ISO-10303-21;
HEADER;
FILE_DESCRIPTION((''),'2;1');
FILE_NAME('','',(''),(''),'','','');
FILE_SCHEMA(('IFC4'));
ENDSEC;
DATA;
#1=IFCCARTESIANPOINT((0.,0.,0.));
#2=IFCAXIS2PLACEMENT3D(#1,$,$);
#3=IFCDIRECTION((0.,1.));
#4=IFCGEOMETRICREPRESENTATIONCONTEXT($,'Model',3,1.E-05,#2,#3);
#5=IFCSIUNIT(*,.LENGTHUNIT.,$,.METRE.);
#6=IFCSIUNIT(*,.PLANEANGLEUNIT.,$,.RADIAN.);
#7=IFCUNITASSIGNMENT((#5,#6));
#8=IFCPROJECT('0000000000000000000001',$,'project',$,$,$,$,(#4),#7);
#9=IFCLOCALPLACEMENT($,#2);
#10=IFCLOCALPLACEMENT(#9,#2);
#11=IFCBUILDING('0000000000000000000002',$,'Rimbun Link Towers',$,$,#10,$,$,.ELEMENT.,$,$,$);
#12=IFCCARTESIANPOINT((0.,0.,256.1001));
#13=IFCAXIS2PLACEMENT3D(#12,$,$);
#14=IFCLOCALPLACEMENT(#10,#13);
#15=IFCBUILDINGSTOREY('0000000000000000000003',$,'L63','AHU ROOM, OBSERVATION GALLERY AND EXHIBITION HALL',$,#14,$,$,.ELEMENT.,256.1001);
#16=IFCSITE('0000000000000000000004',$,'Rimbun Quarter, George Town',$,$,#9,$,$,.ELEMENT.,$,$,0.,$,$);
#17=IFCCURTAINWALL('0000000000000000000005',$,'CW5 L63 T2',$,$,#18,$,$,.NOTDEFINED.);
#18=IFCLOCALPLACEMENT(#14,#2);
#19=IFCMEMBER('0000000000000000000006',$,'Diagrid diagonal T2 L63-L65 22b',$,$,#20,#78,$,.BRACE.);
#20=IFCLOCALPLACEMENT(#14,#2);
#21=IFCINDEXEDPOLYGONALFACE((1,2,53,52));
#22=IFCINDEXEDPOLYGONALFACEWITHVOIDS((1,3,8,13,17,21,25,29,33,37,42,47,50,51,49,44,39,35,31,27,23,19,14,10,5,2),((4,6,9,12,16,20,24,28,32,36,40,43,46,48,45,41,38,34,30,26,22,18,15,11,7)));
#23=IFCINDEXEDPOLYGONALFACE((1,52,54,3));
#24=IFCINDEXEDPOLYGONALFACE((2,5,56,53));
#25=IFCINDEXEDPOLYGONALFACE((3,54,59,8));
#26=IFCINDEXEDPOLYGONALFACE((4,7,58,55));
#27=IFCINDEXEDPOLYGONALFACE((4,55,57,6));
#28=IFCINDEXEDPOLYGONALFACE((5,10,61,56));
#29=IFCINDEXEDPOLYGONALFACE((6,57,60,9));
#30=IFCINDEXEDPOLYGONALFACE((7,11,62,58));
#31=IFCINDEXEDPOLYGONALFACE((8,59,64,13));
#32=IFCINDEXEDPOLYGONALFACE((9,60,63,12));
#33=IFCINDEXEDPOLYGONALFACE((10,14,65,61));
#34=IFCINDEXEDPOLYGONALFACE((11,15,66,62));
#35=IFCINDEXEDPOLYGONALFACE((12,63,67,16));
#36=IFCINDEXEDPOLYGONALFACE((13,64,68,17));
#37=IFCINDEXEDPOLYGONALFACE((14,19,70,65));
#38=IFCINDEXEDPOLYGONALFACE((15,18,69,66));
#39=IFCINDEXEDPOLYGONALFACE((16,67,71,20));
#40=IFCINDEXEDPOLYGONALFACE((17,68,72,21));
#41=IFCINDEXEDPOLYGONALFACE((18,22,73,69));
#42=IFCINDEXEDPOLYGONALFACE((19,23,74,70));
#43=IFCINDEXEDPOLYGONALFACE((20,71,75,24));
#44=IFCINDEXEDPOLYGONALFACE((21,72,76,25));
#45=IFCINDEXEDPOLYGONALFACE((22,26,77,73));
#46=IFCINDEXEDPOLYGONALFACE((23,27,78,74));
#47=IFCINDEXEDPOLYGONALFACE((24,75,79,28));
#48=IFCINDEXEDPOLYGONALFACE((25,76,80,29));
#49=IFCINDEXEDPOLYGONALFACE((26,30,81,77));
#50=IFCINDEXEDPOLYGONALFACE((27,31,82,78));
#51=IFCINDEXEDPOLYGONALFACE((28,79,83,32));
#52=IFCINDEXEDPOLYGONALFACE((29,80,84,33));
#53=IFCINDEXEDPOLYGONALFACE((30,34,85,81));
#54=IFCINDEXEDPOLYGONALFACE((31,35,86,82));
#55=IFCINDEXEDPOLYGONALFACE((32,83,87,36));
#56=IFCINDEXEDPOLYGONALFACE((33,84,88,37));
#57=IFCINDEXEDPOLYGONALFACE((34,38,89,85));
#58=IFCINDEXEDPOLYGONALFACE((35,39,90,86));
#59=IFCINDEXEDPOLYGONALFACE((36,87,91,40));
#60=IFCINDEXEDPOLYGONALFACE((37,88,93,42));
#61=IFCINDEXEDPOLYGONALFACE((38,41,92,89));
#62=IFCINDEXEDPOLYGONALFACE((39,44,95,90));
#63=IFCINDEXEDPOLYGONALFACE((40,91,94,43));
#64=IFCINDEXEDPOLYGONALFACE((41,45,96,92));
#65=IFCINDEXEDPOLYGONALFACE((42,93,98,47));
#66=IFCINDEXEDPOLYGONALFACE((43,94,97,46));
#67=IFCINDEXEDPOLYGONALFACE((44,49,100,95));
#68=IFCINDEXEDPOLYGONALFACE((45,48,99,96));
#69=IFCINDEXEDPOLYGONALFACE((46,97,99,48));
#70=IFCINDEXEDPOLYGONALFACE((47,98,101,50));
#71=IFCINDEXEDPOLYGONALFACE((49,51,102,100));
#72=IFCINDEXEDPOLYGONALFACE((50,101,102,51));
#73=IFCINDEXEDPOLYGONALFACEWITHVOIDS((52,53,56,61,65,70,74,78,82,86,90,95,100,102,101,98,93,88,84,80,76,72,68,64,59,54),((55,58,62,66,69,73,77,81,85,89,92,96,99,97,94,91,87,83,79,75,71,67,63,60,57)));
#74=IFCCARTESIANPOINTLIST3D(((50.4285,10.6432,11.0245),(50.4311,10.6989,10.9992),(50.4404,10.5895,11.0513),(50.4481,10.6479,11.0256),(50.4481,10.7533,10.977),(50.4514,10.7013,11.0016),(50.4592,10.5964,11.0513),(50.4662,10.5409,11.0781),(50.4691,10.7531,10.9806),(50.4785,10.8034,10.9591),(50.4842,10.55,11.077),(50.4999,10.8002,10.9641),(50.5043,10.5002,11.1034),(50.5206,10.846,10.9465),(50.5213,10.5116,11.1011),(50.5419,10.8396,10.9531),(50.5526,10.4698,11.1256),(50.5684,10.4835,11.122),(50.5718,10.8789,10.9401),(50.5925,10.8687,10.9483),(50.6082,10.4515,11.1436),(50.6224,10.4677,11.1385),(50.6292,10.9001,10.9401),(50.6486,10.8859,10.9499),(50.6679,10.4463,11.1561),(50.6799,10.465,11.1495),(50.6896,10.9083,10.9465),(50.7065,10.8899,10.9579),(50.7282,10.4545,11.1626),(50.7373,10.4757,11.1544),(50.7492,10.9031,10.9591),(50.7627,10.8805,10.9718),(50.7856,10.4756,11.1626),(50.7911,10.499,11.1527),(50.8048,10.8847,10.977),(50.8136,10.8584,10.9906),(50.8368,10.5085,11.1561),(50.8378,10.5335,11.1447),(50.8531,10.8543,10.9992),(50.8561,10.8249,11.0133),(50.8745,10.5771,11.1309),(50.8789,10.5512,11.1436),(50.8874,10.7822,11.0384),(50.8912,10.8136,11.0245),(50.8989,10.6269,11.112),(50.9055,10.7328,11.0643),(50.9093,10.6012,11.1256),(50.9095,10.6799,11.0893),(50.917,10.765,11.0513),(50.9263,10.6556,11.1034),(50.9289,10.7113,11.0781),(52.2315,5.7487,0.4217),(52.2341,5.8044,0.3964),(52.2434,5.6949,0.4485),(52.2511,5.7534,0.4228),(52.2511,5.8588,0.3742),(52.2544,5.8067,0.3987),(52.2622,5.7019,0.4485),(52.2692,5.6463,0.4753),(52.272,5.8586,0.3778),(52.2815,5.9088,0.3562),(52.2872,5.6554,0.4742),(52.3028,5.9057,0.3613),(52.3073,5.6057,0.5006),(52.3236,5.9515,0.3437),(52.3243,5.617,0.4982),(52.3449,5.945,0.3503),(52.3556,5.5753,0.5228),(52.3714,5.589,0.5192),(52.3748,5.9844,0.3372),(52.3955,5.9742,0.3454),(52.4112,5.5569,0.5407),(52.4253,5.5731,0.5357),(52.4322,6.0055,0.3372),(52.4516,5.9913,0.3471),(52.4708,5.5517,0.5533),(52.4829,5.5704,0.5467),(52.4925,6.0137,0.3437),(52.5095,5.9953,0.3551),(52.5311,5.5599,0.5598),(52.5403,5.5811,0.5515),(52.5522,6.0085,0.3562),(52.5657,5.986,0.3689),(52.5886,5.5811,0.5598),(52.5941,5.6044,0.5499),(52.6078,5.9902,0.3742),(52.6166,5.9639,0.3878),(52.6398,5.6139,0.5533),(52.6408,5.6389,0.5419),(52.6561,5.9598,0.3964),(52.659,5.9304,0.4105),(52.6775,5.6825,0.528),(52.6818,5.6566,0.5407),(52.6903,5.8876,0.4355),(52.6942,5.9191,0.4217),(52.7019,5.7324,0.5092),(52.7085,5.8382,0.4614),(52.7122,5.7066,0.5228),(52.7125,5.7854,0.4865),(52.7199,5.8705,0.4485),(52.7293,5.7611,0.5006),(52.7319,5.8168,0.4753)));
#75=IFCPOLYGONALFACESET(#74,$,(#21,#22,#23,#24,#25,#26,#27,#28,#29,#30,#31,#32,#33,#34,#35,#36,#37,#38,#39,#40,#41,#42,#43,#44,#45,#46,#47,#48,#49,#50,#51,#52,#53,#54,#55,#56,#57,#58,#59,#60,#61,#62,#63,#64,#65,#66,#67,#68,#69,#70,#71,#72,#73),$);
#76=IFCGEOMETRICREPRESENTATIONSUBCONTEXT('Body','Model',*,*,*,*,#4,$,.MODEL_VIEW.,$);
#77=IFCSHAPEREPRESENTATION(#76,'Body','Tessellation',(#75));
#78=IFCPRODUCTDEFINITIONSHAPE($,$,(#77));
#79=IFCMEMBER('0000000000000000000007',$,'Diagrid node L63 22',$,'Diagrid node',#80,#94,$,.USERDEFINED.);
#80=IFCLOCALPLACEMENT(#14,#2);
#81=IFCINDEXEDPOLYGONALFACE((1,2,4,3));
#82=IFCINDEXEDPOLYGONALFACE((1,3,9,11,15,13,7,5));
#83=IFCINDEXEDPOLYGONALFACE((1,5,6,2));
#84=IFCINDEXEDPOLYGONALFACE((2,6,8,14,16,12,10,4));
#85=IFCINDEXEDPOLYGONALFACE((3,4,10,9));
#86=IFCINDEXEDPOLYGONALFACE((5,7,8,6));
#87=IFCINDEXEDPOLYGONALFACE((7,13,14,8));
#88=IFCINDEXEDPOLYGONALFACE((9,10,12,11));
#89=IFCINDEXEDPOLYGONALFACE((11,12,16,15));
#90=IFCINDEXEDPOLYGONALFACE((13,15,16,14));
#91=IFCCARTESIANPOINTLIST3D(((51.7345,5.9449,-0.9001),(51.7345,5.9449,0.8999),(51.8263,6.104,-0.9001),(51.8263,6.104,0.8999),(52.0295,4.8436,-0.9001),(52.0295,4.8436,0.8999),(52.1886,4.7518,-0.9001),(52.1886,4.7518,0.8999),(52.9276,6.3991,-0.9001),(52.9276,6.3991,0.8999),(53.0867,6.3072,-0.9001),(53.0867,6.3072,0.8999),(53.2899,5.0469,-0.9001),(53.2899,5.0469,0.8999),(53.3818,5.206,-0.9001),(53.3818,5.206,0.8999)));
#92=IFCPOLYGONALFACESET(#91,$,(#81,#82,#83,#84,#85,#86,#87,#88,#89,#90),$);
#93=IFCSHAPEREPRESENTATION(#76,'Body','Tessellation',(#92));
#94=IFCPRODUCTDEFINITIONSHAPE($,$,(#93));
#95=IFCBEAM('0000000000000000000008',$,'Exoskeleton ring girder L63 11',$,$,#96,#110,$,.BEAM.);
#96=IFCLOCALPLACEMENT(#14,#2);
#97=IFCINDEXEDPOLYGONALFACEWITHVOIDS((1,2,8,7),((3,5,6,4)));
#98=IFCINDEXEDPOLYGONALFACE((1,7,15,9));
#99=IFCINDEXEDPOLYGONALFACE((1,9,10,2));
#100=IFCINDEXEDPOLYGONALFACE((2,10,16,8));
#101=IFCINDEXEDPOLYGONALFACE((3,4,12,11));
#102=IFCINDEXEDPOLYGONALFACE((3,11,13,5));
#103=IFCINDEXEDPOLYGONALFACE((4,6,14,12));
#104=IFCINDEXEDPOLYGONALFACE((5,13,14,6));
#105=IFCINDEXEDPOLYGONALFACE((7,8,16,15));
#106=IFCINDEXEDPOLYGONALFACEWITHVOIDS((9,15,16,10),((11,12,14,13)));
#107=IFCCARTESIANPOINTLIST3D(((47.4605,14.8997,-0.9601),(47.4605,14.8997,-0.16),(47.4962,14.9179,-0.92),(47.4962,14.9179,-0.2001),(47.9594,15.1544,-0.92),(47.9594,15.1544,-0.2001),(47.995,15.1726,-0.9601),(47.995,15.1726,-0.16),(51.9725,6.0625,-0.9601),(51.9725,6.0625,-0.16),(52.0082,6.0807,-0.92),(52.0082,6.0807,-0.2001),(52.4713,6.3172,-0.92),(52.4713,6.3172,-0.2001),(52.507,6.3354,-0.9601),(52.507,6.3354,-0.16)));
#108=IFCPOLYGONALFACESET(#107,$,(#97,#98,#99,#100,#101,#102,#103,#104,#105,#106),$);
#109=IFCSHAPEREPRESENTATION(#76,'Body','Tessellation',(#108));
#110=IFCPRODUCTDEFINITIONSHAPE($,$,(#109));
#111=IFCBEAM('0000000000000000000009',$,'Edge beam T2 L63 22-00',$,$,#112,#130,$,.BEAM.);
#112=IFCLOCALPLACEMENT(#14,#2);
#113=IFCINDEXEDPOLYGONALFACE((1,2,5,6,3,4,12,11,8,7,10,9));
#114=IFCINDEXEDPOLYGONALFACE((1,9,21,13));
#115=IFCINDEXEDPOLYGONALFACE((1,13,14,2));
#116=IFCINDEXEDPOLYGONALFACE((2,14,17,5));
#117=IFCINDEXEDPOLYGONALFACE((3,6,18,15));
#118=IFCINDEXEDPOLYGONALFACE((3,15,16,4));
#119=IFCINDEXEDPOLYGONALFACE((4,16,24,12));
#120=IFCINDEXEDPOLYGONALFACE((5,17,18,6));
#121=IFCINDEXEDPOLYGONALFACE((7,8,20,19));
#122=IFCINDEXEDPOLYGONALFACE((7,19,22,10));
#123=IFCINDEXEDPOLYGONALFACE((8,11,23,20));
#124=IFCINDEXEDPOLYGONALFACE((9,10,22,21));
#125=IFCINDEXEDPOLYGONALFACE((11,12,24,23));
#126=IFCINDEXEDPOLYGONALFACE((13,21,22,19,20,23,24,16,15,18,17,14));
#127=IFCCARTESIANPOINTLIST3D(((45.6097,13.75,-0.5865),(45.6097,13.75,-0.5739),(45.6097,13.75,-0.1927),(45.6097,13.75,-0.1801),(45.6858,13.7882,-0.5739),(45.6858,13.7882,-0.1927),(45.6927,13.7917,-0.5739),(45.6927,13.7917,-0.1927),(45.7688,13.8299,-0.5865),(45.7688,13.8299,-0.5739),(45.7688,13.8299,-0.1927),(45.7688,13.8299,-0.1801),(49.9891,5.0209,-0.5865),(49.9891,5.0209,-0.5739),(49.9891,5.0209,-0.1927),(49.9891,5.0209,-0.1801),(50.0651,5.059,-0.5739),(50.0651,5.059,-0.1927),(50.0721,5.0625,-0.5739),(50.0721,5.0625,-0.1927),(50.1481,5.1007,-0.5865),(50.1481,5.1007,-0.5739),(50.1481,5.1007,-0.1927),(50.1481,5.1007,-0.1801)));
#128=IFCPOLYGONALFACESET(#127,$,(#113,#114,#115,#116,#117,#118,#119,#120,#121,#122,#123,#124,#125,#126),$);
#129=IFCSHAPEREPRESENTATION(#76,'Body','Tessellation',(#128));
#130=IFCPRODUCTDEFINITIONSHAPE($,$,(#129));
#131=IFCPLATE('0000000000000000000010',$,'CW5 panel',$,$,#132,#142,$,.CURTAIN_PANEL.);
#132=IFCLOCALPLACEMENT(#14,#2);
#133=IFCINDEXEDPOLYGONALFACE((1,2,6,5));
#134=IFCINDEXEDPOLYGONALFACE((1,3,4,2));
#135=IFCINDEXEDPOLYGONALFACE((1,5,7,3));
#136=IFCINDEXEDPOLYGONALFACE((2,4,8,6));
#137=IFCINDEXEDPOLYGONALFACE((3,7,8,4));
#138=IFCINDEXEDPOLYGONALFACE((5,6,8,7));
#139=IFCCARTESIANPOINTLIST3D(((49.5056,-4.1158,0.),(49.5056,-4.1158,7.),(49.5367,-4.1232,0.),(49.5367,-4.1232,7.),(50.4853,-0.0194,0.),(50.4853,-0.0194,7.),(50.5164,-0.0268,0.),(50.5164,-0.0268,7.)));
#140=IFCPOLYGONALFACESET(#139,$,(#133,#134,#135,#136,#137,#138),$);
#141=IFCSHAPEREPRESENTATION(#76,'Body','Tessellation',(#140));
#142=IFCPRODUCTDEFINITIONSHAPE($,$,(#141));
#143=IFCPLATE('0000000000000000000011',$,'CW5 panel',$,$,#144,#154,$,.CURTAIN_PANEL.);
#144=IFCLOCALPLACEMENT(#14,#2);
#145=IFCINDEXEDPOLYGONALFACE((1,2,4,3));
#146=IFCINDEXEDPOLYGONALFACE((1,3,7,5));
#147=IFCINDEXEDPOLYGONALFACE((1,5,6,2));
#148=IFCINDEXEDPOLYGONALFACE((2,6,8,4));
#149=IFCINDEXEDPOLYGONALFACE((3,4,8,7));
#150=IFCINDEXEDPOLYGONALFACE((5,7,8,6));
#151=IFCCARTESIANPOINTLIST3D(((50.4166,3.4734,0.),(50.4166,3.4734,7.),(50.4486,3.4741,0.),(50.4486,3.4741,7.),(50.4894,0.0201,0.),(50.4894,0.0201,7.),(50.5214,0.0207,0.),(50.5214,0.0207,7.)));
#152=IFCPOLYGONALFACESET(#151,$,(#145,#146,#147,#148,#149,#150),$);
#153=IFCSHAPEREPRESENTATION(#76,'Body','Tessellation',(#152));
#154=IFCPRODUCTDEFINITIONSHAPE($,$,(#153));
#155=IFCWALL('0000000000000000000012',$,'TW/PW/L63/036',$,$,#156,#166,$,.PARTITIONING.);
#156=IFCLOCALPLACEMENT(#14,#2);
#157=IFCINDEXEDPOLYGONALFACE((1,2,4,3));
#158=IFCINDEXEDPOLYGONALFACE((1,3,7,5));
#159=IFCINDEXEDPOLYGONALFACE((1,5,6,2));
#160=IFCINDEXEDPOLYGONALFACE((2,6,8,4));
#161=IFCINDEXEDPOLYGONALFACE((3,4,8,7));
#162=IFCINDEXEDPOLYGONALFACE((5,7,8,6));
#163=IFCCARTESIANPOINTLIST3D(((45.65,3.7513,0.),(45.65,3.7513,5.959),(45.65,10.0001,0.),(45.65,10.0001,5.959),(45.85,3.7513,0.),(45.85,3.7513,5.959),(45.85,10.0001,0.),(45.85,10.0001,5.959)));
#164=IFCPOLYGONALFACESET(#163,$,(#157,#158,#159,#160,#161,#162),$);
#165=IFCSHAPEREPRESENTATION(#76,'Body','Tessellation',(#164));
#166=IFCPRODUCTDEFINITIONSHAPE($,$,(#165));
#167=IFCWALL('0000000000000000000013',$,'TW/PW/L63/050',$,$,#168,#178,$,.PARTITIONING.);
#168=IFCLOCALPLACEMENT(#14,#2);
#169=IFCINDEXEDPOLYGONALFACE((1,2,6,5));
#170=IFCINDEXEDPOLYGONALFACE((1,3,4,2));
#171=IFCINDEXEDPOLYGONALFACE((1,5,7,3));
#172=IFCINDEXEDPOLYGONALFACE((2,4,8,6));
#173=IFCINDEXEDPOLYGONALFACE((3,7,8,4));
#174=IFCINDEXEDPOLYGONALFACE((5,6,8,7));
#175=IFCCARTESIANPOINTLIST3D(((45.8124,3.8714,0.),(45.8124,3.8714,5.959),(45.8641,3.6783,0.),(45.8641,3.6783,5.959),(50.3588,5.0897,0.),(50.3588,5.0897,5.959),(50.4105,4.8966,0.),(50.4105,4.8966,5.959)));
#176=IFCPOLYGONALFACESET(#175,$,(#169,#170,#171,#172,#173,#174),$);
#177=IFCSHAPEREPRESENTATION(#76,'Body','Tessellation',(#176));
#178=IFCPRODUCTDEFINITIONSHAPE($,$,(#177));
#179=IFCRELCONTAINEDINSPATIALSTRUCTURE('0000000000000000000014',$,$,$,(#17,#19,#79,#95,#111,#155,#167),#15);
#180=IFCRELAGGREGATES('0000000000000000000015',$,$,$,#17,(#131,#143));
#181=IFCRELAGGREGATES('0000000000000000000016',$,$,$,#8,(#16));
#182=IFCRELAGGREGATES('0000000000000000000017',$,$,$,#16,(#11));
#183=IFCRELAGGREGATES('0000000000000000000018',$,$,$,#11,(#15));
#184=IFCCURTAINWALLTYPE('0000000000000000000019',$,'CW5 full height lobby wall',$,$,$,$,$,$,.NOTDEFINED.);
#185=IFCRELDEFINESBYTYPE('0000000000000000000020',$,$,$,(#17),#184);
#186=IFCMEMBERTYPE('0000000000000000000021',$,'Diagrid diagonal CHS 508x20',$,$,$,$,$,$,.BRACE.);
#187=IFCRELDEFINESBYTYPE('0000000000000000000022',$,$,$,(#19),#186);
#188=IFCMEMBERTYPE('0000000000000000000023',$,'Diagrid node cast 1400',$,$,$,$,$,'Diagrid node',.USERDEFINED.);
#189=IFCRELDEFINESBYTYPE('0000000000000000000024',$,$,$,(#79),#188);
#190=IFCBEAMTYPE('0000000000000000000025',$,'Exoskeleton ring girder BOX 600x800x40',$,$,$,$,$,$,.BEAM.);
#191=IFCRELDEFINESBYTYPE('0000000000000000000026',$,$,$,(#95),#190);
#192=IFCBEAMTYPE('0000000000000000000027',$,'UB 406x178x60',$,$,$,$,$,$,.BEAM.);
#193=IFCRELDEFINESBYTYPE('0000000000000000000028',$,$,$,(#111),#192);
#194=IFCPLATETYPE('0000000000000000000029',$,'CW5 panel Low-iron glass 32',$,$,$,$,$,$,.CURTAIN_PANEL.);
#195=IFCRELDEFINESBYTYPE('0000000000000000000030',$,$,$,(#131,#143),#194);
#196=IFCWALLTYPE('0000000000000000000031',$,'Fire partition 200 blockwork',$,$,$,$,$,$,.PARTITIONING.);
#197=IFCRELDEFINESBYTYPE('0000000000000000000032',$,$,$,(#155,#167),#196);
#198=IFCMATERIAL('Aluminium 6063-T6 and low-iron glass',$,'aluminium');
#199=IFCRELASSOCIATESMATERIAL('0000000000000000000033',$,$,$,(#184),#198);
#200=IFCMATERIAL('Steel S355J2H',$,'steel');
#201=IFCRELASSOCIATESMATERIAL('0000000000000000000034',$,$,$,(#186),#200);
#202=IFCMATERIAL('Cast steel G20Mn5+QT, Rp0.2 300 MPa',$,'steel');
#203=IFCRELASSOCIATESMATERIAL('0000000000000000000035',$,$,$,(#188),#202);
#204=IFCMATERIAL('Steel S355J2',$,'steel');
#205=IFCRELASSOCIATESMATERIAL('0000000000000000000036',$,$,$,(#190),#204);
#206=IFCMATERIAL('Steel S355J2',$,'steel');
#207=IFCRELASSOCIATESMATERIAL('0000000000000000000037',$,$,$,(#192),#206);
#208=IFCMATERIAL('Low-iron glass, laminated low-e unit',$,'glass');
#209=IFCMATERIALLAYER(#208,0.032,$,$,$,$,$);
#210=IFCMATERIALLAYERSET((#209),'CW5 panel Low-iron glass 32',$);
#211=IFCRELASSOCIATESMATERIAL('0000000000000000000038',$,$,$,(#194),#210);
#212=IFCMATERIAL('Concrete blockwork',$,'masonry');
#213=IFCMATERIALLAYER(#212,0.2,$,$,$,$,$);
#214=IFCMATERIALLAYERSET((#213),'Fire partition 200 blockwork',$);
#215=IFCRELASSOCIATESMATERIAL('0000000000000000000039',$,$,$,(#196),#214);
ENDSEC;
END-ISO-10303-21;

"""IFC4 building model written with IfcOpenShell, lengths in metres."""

from ifc_helpers import new_model, si_unit, direction, frame, frame_2d, origin, origin_2d, place, context, subcontext, project, spatial, polyline, rectangle, hollow_rectangle, hollow_circle, i_section, outline, extrude, material, layer, layer_set, material_profile, profile_set, type_object, element, aggregate, save


model = new_model("IFC4")

# Units and contexts
model_context = context("Model", 3, precision=1e-05, world=origin(), true_north=direction((0.0, 1.0)))
body_context = subcontext(model_context, "Body", "Model", "MODEL_VIEW")
ifc_project = project(units=[si_unit("LENGTHUNIT", "METRE"), si_unit("PLANEANGLEUNIT", "RADIAN")], contexts=[model_context])

# Site, building, storey
site_placement = place(None, origin())
site = spatial("IfcSite", under=ifc_project, at=site_placement, Name="Rimbun Quarter, George Town", CompositionType="ELEMENT", RefElevation=0.0)
building_placement = place(site_placement, origin())
building = spatial("IfcBuilding", under=site, at=building_placement, Name="Rimbun Link Towers", CompositionType="ELEMENT")
storey_placement = place(building_placement, frame((0.0, 0.0, 256.1001)))
storey = spatial("IfcBuildingStorey", under=building, at=storey_placement, Name="L63", Description="AHU ROOM, OBSERVATION GALLERY AND EXHIBITION HALL", CompositionType="ELEMENT", Elevation=256.1001)

# Curtain wall
ifc_material_1 = material(Name="Aluminium 6063-T6 and low-iron glass", Category="aluminium")
curtain_wall_type = type_object("IfcCurtainWallType", Name="CW5 full height lobby wall", PredefinedType="NOTDEFINED", material=ifc_material_1)
curtain_wall_placement = place(storey_placement, origin())
curtain_wall = element("IfcCurtainWall", 1, at=curtain_wall_placement, inside=storey, type_object=curtain_wall_type, Name="CW5 L63 T2", PredefinedType="NOTDEFINED")

# Members
ifc_material_2 = material(Name="Steel S355J2H", Category="steel")
ifc_material_profile_1 = material_profile(ifc_material_2, hollow_circle(Radius=0.2539, WallThickness=0.02, at=origin_2d()), Name="Diagrid diagonal CHS 508x20")
ifc_profile_set_1 = profile_set([ifc_material_profile_1], Name="Steel S355J2H")
member_type_1 = type_object("IfcMemberType", Name="Diagrid diagonal CHS 508x20", PredefinedType="BRACE", material=ifc_profile_set_1)
member_1_placement = place(storey_placement, frame((52.4817, 5.7827, 0.4485), z_axis=(-0.152583, 0.414217, 0.897297), x_axis=(-0.93836, -0.34566, 0.0)))
element("IfcMember", 2, at=member_1_placement, inside=storey, type_object=member_type_1, Name="Diagrid diagonal T2 L63-L65 22b", PredefinedType="BRACE", context=body_context, shape_type="SweptSolid", body=[
    extrude(hollow_circle(Radius=0.2539, WallThickness=0.02, at=origin_2d()), origin(), (0.0, 0.0, 1.0), 11.8164),
])
ifc_material_3 = material(Name="Cast steel G20Mn5+QT, Rp0.2 300 MPa", Category="steel")
ifc_material_profile_2 = material_profile(ifc_material_3, outline(polyline([(0.7, -0.5701), (0.7, 0.5701), (0.5701, 0.7), (-0.5701, 0.7), (-0.7, 0.5701), (-0.7, -0.5701), (-0.5701, -0.7), (0.5701, -0.7), (0.7, -0.5701)])), Name="NODE 1400x1400")
ifc_profile_set_2 = profile_set([ifc_material_profile_2], Name="Cast steel G20Mn5+QT, Rp0.2 300 MPa")
member_type_2 = type_object("IfcMemberType", Name="Diagrid node cast 1400", ElementType="Diagrid node", PredefinedType="USERDEFINED", material=ifc_profile_set_2)
member_2_placement = place(storey_placement, frame((52.5581, 5.5754, -0.9001), z_axis=(0.0, 0.0, 1.0), x_axis=(0.965926, 0.258819, 0.0)))
element("IfcMember", 3, at=member_2_placement, inside=storey, type_object=member_type_2, Name="Diagrid node L63 22", ObjectType="Diagrid node", PredefinedType="USERDEFINED", context=body_context, shape_type="SweptSolid", body=[
    extrude(outline(polyline([(0.7, -0.5701), (0.7, 0.5701), (0.5701, 0.7), (-0.5701, 0.7), (-0.7, 0.5701), (-0.7, -0.5701), (-0.5701, -0.7), (0.5701, -0.7), (0.7, -0.5701)])), origin(), (0.0, 0.0, 1.0), 1.8),
])

# Beams
ifc_material_4 = material(Name="Steel S355J2", Category="steel")
ifc_material_profile_3 = material_profile(ifc_material_4, hollow_rectangle(XDim=0.6001, YDim=0.8, WallThickness=0.04, at=origin_2d()), Name="Exoskeleton ring girder BOX 600x800x40")
ifc_profile_set_3 = profile_set([ifc_material_profile_3], Name="Steel S355J2")
beam_type_1 = type_object("IfcBeamType", Name="Exoskeleton ring girder BOX 600x800x40", PredefinedType="BEAM", material=ifc_profile_set_3)
beam_1_placement = place(storey_placement, frame((52.2397, 6.199, -0.5601), z_axis=(-0.454727, 0.890631, 0.0), x_axis=(-0.890631, -0.454727, 0.0)))
element("IfcBeam", 4, at=beam_1_placement, inside=storey, type_object=beam_type_1, Name="Exoskeleton ring girder L63 11", PredefinedType="BEAM", context=body_context, shape_type="SweptSolid", body=[
    extrude(hollow_rectangle(XDim=0.6001, YDim=0.8, WallThickness=0.04, at=origin_2d()), origin(), (0.0, 0.0, 1.0), 9.9224),
])
ifc_material_5 = material(Name="Steel S355J2", Category="steel")
ifc_material_profile_4 = material_profile(ifc_material_5, i_section(OverallWidth=0.178, OverallDepth=0.4065, WebThickness=0.0078, FlangeThickness=0.0127, at=origin_2d()), Name="UB 406x178x60")
ifc_profile_set_4 = profile_set([ifc_material_profile_4], Name="Steel S355J2")
beam_type_2 = type_object("IfcBeamType", Name="UB 406x178x60", PredefinedType="BEAM", material=ifc_profile_set_4)
beam_2_placement = place(storey_placement, frame((50.0686, 5.0608, -0.3833), z_axis=(-0.448423, 0.893821, 0.0), x_axis=(-0.893821, -0.448423, 0.0)))
element("IfcBeam", 5, at=beam_2_placement, inside=storey, type_object=beam_type_2, Name="Edge beam T2 L63 22-00", PredefinedType="BEAM", context=body_context, shape_type="SweptSolid", body=[
    extrude(i_section(OverallWidth=0.178, OverallDepth=0.4065, WebThickness=0.0078, FlangeThickness=0.0127, at=origin_2d()), origin(), (0.0, 0.0, 1.0), 9.7661),
])

# Plates
ifc_material_6 = material(Name="Low-iron glass, laminated low-e unit", Category="glass")
ifc_layer_1 = layer(ifc_material_6, 0.032)
ifc_layer_set_1 = layer_set([ifc_layer_1], Name="CW5 panel Low-iron glass 32")
plate_type = type_object("IfcPlateType", Name="CW5 panel Low-iron glass 32", PredefinedType="CURTAIN_PANEL", material=ifc_layer_set_1)
plate_1_placement = place(storey_placement, frame((50.011, -2.0713, 0.0), z_axis=(0.0, 0.0, 1.0), x_axis=(-0.232606, -0.972571, 0.0)))
plate_1 = element("IfcPlate", 6, at=plate_1_placement, type_object=plate_type, Name="CW5 panel", PredefinedType="CURTAIN_PANEL", context=body_context, shape_type="SweptSolid", body=[
    extrude(rectangle(XDim=4.2119, YDim=0.032, at=origin_2d()), origin(), (0.0, 0.0, 1.0), 7.0),
])
plate_2_placement = place(storey_placement, frame((50.469, 1.7471, 0.0), z_axis=(0.0, 0.0, 1.0), x_axis=(0.021064, -0.999778, 0.0)))
plate_2 = element("IfcPlate", 7, at=plate_2_placement, type_object=plate_type, Name="CW5 panel", PredefinedType="CURTAIN_PANEL", context=body_context, shape_type="SweptSolid", body=[
    extrude(rectangle(XDim=3.4541, YDim=0.032, at=origin_2d()), origin(), (0.0, 0.0, 1.0), 7.0),
])
aggregate(curtain_wall, [plate_1, plate_2])

# Walls
ifc_material_7 = material(Name="Concrete blockwork", Category="masonry")
ifc_layer_2 = layer(ifc_material_7, 0.2)
ifc_layer_set_2 = layer_set([ifc_layer_2], Name="Fire partition 200 blockwork")
wall_type_1 = type_object("IfcWallType", Name="Fire partition 200 blockwork", PredefinedType="PARTITIONING", material=ifc_layer_set_2)
wall_1_placement = place(storey_placement, frame((45.75, 3.7512, 0.0), z_axis=(0.0, 0.0, 1.0), x_axis=(0.0, 1.0, 0.0)))
element("IfcWall", 8, at=wall_1_placement, inside=storey, type_object=wall_type_1, Name="TW/PW/L63/036", PredefinedType="PARTITIONING", context=body_context, shape_type="SweptSolid", body=[
    extrude(rectangle(XDim=6.2488, YDim=0.2, at=frame_2d((3.1245, 0.0))), origin(), (0.0, 0.0, 1.0), 5.959),
])
wall_2_placement = place(storey_placement, frame((50.3848, 4.9932, 0.0), z_axis=(0.0, 0.0, 1.0), x_axis=(-0.965923, -0.258831, 0.0)))
element("IfcWall", 9, at=wall_2_placement, inside=storey, type_object=wall_type_1, Name="TW/PW/L63/050", PredefinedType="PARTITIONING", context=body_context, shape_type="SweptSolid", body=[
    extrude(rectangle(XDim=4.7068, YDim=0.2, at=frame_2d((2.3535, 0.0))), origin(), (0.0, 0.0, 1.0), 5.959),
])

save(model, "model.ifc")
